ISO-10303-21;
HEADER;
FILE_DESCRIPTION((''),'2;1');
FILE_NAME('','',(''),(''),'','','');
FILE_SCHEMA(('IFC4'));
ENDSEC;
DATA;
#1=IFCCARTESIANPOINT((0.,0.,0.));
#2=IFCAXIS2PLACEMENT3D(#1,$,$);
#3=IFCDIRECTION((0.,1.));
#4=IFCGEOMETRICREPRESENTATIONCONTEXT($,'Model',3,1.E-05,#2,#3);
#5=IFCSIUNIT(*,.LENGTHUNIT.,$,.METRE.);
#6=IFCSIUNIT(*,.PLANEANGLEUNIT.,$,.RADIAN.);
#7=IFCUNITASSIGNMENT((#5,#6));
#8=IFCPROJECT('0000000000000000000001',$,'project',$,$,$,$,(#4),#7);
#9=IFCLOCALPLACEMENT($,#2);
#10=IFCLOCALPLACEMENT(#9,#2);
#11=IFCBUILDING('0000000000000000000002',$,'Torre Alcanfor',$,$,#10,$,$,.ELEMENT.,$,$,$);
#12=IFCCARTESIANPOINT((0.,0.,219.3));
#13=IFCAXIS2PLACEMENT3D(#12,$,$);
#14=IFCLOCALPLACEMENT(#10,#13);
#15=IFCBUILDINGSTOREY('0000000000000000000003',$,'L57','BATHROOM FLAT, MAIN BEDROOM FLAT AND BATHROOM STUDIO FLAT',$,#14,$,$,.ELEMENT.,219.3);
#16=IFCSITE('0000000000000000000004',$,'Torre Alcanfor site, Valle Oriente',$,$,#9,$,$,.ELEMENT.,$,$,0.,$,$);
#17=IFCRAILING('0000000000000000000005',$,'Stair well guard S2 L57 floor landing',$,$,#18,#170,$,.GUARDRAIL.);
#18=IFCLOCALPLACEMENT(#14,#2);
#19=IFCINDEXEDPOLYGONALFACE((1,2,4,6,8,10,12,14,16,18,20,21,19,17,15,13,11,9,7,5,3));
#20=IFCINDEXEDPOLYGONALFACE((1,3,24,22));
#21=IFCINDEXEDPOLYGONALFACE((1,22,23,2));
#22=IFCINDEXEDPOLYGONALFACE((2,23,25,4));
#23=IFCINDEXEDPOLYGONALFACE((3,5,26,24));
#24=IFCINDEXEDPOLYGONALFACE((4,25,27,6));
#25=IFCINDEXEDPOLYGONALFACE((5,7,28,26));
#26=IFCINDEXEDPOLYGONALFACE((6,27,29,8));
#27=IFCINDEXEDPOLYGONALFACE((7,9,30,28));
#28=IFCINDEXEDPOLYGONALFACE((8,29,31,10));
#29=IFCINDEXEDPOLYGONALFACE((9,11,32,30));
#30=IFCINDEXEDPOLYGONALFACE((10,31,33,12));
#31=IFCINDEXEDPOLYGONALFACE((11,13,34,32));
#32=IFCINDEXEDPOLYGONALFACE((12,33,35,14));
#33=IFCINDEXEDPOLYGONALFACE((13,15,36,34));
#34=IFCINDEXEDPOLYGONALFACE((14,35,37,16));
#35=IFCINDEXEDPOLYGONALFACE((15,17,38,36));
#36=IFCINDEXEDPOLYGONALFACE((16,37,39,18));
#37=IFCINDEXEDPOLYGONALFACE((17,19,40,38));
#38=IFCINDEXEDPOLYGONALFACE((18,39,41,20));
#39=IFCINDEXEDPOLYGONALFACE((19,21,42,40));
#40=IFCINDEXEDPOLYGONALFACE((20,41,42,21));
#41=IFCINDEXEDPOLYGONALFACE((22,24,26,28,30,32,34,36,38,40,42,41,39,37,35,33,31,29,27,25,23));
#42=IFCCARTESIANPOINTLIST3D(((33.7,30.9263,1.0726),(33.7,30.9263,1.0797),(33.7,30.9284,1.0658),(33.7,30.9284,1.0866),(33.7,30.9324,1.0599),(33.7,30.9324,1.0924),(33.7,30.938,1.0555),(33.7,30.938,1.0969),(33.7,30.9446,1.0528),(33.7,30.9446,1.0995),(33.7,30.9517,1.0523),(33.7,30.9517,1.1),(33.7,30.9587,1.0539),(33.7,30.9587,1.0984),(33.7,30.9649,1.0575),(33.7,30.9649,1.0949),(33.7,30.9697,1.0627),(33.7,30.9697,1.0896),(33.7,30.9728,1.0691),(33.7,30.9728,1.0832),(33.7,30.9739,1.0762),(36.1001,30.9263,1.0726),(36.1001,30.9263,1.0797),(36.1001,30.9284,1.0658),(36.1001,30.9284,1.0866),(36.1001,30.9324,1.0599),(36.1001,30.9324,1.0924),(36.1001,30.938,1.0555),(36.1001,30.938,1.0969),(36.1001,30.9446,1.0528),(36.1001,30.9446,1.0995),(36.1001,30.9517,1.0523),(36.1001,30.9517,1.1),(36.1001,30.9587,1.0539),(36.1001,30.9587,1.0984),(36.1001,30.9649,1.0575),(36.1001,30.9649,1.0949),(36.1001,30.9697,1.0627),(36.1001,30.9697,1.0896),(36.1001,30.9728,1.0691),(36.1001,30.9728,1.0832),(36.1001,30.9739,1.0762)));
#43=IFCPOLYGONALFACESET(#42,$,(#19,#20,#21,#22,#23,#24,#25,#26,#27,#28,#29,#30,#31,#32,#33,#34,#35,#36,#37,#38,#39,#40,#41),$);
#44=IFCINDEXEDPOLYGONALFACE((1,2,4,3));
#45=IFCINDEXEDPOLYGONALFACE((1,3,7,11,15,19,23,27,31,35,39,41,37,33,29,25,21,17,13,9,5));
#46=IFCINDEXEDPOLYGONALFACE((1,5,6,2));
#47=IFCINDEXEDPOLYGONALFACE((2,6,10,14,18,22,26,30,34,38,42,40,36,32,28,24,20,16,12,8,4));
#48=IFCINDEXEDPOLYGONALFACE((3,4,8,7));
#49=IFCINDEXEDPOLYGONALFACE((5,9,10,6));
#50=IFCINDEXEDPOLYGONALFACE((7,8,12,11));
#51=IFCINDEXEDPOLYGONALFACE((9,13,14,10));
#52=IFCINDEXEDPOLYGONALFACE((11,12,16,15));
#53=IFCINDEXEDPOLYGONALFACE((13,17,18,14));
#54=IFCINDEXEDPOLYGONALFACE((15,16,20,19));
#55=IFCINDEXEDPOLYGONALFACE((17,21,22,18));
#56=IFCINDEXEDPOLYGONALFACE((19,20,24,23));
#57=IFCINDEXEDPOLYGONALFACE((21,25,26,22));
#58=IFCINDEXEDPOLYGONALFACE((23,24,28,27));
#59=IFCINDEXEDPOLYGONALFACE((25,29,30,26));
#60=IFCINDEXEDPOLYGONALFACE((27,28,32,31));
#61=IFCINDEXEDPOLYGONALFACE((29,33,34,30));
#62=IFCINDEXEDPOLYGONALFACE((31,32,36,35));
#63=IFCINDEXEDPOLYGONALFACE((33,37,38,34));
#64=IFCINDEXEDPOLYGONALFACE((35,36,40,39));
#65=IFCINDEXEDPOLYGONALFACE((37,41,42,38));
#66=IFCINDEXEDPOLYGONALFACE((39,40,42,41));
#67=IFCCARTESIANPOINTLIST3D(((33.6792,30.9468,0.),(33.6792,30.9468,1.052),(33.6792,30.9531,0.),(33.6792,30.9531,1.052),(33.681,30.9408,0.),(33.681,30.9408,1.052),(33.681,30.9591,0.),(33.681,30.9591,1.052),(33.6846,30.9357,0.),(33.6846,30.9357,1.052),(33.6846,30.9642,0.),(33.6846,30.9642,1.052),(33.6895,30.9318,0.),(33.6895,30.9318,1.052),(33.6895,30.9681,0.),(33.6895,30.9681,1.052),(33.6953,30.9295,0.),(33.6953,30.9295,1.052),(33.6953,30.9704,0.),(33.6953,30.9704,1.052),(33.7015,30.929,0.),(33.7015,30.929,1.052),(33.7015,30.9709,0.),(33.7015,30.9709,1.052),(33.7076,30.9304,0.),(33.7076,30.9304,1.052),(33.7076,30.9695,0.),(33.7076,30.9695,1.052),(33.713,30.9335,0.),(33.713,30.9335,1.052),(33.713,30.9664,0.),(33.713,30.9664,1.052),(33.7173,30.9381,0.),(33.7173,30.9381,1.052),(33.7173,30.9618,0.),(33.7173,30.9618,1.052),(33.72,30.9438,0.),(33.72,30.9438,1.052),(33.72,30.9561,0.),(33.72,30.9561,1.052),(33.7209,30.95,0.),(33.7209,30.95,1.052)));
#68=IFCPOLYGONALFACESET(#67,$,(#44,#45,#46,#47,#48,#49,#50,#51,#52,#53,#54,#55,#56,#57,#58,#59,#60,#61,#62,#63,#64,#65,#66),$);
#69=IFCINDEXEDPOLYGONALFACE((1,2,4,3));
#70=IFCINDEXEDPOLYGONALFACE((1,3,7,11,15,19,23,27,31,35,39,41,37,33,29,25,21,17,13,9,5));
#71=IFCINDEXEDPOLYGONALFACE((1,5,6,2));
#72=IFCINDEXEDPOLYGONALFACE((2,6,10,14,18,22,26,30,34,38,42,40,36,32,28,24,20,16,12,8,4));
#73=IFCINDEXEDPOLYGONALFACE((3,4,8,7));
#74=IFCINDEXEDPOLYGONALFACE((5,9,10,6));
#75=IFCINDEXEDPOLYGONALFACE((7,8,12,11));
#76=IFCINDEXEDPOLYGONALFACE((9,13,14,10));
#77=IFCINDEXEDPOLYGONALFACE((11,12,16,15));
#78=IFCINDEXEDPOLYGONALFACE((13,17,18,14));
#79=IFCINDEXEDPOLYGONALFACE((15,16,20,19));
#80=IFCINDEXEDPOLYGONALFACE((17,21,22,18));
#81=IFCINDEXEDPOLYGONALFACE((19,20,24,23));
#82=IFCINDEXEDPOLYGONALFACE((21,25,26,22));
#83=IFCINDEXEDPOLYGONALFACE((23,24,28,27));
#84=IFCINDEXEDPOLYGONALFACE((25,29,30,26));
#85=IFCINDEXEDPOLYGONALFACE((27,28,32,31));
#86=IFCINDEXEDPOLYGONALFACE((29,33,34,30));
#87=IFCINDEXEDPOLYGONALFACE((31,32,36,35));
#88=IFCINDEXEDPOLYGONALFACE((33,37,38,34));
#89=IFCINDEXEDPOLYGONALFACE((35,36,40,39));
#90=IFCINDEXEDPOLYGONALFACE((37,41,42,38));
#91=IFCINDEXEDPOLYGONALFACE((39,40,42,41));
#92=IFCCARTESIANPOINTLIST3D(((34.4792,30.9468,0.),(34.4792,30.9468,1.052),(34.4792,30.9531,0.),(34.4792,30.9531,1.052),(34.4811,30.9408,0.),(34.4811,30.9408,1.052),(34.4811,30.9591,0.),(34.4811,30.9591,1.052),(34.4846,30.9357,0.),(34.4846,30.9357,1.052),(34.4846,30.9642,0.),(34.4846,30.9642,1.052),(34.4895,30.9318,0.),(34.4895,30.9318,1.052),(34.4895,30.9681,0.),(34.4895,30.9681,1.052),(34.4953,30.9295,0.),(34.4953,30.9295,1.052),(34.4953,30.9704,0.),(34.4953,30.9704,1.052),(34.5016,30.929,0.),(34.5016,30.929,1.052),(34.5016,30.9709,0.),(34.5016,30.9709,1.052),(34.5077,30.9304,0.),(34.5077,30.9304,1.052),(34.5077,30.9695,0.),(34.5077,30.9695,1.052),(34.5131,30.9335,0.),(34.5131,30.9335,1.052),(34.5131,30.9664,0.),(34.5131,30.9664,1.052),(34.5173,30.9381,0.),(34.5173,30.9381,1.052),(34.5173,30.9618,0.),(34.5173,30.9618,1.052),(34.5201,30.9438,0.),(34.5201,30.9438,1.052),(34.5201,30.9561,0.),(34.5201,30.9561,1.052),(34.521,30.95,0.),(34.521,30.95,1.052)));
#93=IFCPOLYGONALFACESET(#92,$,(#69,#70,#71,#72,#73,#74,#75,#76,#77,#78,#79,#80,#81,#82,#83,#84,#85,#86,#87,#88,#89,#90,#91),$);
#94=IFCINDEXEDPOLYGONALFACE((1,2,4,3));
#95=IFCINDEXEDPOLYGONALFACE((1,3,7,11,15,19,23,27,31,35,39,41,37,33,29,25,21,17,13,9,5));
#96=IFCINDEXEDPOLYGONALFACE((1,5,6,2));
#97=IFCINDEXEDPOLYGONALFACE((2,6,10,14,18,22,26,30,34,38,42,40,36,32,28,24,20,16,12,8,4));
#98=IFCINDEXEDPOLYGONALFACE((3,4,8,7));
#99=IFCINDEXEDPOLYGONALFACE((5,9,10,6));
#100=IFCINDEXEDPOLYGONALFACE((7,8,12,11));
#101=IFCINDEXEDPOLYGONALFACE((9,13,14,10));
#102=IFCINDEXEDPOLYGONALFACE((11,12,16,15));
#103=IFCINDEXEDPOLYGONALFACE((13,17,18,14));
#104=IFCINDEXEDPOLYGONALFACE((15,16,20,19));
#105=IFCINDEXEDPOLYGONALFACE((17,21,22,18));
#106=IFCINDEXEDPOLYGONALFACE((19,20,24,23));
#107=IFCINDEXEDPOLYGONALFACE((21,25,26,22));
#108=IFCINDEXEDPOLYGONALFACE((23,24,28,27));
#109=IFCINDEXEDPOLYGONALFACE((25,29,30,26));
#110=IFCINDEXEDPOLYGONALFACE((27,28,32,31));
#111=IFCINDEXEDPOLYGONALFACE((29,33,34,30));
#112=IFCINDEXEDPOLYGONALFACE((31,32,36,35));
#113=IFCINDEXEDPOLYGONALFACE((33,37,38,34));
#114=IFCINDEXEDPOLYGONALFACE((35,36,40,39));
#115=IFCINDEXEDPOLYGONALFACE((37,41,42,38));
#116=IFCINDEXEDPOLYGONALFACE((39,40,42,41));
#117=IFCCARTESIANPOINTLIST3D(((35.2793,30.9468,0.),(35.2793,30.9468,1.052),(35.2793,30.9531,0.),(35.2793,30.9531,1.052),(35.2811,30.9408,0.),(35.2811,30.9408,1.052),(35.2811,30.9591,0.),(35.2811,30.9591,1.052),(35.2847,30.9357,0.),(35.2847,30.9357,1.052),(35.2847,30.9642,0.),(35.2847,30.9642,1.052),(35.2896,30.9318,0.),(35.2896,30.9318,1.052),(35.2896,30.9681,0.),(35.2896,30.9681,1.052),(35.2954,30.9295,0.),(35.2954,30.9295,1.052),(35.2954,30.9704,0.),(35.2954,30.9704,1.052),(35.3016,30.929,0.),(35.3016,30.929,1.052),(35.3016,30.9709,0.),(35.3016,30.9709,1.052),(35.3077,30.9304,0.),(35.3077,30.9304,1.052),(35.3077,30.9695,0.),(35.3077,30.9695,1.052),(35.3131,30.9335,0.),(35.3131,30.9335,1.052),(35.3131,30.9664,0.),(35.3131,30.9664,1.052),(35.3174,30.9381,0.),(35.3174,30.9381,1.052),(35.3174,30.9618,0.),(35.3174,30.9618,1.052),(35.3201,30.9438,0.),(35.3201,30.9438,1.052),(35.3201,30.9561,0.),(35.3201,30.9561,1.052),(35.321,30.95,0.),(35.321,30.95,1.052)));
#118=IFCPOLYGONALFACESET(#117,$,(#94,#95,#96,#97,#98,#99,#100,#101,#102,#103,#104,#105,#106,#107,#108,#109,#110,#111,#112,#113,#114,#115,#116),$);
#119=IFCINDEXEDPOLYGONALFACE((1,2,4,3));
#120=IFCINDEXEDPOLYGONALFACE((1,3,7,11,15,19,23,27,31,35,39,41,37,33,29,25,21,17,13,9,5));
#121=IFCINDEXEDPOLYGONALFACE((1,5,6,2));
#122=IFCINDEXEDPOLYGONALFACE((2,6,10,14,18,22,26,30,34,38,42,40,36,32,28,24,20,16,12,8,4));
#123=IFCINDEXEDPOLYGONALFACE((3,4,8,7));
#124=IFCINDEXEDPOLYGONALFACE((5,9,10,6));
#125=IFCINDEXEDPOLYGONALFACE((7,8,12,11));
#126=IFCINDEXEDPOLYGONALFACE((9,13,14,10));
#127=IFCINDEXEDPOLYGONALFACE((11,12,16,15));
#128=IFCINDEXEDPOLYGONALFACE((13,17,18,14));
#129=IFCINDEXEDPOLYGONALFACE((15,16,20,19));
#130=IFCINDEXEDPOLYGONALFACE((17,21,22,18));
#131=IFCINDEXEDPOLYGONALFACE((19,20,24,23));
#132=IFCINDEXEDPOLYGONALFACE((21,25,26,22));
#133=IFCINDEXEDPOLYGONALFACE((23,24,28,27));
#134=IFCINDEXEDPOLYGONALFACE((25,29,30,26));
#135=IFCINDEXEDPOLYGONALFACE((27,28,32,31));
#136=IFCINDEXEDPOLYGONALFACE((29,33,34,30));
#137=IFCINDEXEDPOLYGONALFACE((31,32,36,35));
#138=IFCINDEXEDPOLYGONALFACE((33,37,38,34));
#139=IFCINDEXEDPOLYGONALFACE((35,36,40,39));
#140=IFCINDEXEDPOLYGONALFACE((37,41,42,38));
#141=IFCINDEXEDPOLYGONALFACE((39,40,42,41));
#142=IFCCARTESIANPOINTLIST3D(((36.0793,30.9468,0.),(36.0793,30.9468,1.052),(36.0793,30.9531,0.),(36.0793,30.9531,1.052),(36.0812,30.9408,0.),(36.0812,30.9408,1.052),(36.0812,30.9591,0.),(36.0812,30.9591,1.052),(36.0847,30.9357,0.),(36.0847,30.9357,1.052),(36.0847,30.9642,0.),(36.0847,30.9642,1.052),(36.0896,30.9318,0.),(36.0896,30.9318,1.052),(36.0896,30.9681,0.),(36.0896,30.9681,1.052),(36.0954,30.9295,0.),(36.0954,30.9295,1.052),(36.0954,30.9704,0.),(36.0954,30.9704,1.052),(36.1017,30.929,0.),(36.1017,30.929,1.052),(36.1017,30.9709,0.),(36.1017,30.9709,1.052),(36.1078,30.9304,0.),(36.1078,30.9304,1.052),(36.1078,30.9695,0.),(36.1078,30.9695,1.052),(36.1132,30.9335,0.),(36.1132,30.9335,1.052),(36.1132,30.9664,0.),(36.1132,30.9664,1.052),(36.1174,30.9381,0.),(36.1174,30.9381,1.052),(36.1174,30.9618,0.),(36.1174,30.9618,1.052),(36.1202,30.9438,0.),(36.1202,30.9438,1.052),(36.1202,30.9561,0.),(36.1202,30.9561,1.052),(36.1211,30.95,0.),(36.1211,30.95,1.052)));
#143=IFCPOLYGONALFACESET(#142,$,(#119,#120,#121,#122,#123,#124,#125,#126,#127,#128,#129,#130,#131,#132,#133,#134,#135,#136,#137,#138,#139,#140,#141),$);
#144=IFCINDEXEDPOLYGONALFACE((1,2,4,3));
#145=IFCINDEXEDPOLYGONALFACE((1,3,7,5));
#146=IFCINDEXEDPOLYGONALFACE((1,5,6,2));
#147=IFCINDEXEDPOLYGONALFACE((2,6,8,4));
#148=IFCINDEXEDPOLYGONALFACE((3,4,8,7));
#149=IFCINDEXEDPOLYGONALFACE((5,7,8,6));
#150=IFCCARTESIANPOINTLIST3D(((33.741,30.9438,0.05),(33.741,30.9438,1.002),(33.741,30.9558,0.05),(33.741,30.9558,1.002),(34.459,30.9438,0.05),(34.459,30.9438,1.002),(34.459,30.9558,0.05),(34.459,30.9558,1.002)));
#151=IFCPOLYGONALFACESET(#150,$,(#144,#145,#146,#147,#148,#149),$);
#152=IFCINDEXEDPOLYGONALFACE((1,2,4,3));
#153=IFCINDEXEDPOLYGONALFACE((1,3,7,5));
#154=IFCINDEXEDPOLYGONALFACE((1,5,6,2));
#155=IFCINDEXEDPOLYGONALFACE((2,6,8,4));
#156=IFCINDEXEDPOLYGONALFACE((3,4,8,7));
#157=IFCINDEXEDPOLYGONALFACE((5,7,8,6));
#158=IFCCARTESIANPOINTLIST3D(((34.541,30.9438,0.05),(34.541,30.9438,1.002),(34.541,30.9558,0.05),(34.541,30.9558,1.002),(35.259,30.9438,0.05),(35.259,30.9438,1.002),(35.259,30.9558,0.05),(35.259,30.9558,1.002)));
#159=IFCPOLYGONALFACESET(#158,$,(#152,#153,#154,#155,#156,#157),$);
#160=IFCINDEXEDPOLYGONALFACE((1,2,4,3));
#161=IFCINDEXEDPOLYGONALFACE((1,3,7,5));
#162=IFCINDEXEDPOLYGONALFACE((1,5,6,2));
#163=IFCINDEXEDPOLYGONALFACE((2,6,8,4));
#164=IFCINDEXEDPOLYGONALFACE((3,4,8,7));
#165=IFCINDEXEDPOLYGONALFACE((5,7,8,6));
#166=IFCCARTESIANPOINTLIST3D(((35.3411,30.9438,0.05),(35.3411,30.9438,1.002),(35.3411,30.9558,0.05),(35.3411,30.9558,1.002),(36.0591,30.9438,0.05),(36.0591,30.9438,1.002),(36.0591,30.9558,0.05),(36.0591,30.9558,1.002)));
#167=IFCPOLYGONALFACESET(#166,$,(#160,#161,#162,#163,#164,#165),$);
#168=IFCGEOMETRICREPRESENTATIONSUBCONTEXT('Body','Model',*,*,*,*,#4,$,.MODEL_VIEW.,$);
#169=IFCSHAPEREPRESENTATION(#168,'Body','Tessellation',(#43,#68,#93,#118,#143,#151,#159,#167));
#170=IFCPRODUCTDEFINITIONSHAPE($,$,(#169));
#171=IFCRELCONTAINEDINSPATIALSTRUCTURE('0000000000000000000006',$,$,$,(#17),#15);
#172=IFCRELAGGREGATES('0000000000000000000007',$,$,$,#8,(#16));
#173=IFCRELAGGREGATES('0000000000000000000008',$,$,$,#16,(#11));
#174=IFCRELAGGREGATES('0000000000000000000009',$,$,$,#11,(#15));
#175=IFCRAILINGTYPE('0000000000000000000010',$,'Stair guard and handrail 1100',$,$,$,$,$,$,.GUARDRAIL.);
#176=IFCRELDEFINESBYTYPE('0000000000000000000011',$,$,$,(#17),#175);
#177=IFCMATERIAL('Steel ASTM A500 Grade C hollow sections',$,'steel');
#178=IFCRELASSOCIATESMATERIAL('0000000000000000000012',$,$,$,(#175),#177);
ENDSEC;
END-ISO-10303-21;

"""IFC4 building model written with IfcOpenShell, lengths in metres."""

from ifc_helpers import new_model, si_unit, direction, frame, origin, origin_2d, place, context, subcontext, project, spatial, polyline, circle, outline, extrude, material, type_object, element, save


model = new_model("IFC4")

# Units and contexts
model_context = context("Model", 3, precision=1e-05, world=origin(), true_north=direction((0.0, 1.0)))
body_context = subcontext(model_context, "Body", "Model", "MODEL_VIEW")
ifc_project = project(units=[si_unit("LENGTHUNIT", "METRE"), si_unit("PLANEANGLEUNIT", "RADIAN")], contexts=[model_context])

# Site, building, storey
site_placement = place(None, origin())
site = spatial("IfcSite", under=ifc_project, at=site_placement, Name="Torre Alcanfor site, Valle Oriente", CompositionType="ELEMENT", RefElevation=0.0)
building_placement = place(site_placement, origin())
building = spatial("IfcBuilding", under=site, at=building_placement, Name="Torre Alcanfor", CompositionType="ELEMENT")
storey_placement = place(building_placement, frame((0.0, 0.0, 219.3)))
storey = spatial("IfcBuildingStorey", under=building, at=storey_placement, Name="L57", Description="BATHROOM FLAT, MAIN BEDROOM FLAT AND BATHROOM STUDIO FLAT", CompositionType="ELEMENT", Elevation=219.3)

# Railing
ifc_material_1 = material(Name="Steel ASTM A500 Grade C hollow sections", Category="steel")
railing_type_1 = type_object("IfcRailingType", Name="Stair guard and handrail 1100", PredefinedType="GUARDRAIL", material=ifc_material_1)
for number, where, name in (
    (1, (33.7, 30.95, 0.0), "Stair well guard S2 L57 floor landing"),
):
    element("IfcRailing", number, at=place(storey_placement, frame(where)), inside=storey, type_object=railing_type_1, Name=name, PredefinedType="GUARDRAIL", context=body_context, shape_type="SweptSolid", body=[
        extrude(circle(Radius=0.0239, at=origin_2d()), frame((0.0, 0.0, 1.0762), z_axis=(1.0, 0.0, 0.0), x_axis=(0.0, 1.0, 0.0)), (0.0, 0.0, 1.0), 2.4001),
        extrude(circle(Radius=0.021, at=origin_2d()), origin(), (0.0, 0.0, 1.0), 1.052),
        extrude(circle(Radius=0.021, at=origin_2d()), frame((0.8, 0.0, 0.0)), (0.0, 0.0, 1.0), 1.052),
        extrude(circle(Radius=0.021, at=origin_2d()), frame((1.6001, 0.0, 0.0)), (0.0, 0.0, 1.0), 1.052),
        extrude(circle(Radius=0.021, at=origin_2d()), frame((2.4001, 0.0, 0.0)), (0.0, 0.0, 1.0), 1.052),
        extrude(outline(polyline([(0.041, 0.05), (0.759, 0.05), (0.759, 1.002), (0.041, 1.002), (0.041, 0.05)])), frame((0.0, 0.0059, 0.0), z_axis=(0.0, -1.0, 0.0), x_axis=(1.0, 0.0, 0.0)), (0.0, 0.0, 1.0), 0.012),
        extrude(outline(polyline([(0.8411, 0.05), (1.5591, 0.05), (1.5591, 1.002), (0.8411, 1.002), (0.8411, 0.05)])), frame((0.0, 0.0059, 0.0), z_axis=(0.0, -1.0, 0.0), x_axis=(1.0, 0.0, 0.0)), (0.0, 0.0, 1.0), 0.012),
        extrude(outline(polyline([(1.6411, 0.05), (2.3591, 0.05), (2.3591, 1.002), (1.6411, 1.002), (1.6411, 0.05)])), frame((0.0, 0.0059, 0.0), z_axis=(0.0, -1.0, 0.0), x_axis=(1.0, 0.0, 0.0)), (0.0, 0.0, 1.0), 0.012),
    ])

save(model, "model.ifc")
